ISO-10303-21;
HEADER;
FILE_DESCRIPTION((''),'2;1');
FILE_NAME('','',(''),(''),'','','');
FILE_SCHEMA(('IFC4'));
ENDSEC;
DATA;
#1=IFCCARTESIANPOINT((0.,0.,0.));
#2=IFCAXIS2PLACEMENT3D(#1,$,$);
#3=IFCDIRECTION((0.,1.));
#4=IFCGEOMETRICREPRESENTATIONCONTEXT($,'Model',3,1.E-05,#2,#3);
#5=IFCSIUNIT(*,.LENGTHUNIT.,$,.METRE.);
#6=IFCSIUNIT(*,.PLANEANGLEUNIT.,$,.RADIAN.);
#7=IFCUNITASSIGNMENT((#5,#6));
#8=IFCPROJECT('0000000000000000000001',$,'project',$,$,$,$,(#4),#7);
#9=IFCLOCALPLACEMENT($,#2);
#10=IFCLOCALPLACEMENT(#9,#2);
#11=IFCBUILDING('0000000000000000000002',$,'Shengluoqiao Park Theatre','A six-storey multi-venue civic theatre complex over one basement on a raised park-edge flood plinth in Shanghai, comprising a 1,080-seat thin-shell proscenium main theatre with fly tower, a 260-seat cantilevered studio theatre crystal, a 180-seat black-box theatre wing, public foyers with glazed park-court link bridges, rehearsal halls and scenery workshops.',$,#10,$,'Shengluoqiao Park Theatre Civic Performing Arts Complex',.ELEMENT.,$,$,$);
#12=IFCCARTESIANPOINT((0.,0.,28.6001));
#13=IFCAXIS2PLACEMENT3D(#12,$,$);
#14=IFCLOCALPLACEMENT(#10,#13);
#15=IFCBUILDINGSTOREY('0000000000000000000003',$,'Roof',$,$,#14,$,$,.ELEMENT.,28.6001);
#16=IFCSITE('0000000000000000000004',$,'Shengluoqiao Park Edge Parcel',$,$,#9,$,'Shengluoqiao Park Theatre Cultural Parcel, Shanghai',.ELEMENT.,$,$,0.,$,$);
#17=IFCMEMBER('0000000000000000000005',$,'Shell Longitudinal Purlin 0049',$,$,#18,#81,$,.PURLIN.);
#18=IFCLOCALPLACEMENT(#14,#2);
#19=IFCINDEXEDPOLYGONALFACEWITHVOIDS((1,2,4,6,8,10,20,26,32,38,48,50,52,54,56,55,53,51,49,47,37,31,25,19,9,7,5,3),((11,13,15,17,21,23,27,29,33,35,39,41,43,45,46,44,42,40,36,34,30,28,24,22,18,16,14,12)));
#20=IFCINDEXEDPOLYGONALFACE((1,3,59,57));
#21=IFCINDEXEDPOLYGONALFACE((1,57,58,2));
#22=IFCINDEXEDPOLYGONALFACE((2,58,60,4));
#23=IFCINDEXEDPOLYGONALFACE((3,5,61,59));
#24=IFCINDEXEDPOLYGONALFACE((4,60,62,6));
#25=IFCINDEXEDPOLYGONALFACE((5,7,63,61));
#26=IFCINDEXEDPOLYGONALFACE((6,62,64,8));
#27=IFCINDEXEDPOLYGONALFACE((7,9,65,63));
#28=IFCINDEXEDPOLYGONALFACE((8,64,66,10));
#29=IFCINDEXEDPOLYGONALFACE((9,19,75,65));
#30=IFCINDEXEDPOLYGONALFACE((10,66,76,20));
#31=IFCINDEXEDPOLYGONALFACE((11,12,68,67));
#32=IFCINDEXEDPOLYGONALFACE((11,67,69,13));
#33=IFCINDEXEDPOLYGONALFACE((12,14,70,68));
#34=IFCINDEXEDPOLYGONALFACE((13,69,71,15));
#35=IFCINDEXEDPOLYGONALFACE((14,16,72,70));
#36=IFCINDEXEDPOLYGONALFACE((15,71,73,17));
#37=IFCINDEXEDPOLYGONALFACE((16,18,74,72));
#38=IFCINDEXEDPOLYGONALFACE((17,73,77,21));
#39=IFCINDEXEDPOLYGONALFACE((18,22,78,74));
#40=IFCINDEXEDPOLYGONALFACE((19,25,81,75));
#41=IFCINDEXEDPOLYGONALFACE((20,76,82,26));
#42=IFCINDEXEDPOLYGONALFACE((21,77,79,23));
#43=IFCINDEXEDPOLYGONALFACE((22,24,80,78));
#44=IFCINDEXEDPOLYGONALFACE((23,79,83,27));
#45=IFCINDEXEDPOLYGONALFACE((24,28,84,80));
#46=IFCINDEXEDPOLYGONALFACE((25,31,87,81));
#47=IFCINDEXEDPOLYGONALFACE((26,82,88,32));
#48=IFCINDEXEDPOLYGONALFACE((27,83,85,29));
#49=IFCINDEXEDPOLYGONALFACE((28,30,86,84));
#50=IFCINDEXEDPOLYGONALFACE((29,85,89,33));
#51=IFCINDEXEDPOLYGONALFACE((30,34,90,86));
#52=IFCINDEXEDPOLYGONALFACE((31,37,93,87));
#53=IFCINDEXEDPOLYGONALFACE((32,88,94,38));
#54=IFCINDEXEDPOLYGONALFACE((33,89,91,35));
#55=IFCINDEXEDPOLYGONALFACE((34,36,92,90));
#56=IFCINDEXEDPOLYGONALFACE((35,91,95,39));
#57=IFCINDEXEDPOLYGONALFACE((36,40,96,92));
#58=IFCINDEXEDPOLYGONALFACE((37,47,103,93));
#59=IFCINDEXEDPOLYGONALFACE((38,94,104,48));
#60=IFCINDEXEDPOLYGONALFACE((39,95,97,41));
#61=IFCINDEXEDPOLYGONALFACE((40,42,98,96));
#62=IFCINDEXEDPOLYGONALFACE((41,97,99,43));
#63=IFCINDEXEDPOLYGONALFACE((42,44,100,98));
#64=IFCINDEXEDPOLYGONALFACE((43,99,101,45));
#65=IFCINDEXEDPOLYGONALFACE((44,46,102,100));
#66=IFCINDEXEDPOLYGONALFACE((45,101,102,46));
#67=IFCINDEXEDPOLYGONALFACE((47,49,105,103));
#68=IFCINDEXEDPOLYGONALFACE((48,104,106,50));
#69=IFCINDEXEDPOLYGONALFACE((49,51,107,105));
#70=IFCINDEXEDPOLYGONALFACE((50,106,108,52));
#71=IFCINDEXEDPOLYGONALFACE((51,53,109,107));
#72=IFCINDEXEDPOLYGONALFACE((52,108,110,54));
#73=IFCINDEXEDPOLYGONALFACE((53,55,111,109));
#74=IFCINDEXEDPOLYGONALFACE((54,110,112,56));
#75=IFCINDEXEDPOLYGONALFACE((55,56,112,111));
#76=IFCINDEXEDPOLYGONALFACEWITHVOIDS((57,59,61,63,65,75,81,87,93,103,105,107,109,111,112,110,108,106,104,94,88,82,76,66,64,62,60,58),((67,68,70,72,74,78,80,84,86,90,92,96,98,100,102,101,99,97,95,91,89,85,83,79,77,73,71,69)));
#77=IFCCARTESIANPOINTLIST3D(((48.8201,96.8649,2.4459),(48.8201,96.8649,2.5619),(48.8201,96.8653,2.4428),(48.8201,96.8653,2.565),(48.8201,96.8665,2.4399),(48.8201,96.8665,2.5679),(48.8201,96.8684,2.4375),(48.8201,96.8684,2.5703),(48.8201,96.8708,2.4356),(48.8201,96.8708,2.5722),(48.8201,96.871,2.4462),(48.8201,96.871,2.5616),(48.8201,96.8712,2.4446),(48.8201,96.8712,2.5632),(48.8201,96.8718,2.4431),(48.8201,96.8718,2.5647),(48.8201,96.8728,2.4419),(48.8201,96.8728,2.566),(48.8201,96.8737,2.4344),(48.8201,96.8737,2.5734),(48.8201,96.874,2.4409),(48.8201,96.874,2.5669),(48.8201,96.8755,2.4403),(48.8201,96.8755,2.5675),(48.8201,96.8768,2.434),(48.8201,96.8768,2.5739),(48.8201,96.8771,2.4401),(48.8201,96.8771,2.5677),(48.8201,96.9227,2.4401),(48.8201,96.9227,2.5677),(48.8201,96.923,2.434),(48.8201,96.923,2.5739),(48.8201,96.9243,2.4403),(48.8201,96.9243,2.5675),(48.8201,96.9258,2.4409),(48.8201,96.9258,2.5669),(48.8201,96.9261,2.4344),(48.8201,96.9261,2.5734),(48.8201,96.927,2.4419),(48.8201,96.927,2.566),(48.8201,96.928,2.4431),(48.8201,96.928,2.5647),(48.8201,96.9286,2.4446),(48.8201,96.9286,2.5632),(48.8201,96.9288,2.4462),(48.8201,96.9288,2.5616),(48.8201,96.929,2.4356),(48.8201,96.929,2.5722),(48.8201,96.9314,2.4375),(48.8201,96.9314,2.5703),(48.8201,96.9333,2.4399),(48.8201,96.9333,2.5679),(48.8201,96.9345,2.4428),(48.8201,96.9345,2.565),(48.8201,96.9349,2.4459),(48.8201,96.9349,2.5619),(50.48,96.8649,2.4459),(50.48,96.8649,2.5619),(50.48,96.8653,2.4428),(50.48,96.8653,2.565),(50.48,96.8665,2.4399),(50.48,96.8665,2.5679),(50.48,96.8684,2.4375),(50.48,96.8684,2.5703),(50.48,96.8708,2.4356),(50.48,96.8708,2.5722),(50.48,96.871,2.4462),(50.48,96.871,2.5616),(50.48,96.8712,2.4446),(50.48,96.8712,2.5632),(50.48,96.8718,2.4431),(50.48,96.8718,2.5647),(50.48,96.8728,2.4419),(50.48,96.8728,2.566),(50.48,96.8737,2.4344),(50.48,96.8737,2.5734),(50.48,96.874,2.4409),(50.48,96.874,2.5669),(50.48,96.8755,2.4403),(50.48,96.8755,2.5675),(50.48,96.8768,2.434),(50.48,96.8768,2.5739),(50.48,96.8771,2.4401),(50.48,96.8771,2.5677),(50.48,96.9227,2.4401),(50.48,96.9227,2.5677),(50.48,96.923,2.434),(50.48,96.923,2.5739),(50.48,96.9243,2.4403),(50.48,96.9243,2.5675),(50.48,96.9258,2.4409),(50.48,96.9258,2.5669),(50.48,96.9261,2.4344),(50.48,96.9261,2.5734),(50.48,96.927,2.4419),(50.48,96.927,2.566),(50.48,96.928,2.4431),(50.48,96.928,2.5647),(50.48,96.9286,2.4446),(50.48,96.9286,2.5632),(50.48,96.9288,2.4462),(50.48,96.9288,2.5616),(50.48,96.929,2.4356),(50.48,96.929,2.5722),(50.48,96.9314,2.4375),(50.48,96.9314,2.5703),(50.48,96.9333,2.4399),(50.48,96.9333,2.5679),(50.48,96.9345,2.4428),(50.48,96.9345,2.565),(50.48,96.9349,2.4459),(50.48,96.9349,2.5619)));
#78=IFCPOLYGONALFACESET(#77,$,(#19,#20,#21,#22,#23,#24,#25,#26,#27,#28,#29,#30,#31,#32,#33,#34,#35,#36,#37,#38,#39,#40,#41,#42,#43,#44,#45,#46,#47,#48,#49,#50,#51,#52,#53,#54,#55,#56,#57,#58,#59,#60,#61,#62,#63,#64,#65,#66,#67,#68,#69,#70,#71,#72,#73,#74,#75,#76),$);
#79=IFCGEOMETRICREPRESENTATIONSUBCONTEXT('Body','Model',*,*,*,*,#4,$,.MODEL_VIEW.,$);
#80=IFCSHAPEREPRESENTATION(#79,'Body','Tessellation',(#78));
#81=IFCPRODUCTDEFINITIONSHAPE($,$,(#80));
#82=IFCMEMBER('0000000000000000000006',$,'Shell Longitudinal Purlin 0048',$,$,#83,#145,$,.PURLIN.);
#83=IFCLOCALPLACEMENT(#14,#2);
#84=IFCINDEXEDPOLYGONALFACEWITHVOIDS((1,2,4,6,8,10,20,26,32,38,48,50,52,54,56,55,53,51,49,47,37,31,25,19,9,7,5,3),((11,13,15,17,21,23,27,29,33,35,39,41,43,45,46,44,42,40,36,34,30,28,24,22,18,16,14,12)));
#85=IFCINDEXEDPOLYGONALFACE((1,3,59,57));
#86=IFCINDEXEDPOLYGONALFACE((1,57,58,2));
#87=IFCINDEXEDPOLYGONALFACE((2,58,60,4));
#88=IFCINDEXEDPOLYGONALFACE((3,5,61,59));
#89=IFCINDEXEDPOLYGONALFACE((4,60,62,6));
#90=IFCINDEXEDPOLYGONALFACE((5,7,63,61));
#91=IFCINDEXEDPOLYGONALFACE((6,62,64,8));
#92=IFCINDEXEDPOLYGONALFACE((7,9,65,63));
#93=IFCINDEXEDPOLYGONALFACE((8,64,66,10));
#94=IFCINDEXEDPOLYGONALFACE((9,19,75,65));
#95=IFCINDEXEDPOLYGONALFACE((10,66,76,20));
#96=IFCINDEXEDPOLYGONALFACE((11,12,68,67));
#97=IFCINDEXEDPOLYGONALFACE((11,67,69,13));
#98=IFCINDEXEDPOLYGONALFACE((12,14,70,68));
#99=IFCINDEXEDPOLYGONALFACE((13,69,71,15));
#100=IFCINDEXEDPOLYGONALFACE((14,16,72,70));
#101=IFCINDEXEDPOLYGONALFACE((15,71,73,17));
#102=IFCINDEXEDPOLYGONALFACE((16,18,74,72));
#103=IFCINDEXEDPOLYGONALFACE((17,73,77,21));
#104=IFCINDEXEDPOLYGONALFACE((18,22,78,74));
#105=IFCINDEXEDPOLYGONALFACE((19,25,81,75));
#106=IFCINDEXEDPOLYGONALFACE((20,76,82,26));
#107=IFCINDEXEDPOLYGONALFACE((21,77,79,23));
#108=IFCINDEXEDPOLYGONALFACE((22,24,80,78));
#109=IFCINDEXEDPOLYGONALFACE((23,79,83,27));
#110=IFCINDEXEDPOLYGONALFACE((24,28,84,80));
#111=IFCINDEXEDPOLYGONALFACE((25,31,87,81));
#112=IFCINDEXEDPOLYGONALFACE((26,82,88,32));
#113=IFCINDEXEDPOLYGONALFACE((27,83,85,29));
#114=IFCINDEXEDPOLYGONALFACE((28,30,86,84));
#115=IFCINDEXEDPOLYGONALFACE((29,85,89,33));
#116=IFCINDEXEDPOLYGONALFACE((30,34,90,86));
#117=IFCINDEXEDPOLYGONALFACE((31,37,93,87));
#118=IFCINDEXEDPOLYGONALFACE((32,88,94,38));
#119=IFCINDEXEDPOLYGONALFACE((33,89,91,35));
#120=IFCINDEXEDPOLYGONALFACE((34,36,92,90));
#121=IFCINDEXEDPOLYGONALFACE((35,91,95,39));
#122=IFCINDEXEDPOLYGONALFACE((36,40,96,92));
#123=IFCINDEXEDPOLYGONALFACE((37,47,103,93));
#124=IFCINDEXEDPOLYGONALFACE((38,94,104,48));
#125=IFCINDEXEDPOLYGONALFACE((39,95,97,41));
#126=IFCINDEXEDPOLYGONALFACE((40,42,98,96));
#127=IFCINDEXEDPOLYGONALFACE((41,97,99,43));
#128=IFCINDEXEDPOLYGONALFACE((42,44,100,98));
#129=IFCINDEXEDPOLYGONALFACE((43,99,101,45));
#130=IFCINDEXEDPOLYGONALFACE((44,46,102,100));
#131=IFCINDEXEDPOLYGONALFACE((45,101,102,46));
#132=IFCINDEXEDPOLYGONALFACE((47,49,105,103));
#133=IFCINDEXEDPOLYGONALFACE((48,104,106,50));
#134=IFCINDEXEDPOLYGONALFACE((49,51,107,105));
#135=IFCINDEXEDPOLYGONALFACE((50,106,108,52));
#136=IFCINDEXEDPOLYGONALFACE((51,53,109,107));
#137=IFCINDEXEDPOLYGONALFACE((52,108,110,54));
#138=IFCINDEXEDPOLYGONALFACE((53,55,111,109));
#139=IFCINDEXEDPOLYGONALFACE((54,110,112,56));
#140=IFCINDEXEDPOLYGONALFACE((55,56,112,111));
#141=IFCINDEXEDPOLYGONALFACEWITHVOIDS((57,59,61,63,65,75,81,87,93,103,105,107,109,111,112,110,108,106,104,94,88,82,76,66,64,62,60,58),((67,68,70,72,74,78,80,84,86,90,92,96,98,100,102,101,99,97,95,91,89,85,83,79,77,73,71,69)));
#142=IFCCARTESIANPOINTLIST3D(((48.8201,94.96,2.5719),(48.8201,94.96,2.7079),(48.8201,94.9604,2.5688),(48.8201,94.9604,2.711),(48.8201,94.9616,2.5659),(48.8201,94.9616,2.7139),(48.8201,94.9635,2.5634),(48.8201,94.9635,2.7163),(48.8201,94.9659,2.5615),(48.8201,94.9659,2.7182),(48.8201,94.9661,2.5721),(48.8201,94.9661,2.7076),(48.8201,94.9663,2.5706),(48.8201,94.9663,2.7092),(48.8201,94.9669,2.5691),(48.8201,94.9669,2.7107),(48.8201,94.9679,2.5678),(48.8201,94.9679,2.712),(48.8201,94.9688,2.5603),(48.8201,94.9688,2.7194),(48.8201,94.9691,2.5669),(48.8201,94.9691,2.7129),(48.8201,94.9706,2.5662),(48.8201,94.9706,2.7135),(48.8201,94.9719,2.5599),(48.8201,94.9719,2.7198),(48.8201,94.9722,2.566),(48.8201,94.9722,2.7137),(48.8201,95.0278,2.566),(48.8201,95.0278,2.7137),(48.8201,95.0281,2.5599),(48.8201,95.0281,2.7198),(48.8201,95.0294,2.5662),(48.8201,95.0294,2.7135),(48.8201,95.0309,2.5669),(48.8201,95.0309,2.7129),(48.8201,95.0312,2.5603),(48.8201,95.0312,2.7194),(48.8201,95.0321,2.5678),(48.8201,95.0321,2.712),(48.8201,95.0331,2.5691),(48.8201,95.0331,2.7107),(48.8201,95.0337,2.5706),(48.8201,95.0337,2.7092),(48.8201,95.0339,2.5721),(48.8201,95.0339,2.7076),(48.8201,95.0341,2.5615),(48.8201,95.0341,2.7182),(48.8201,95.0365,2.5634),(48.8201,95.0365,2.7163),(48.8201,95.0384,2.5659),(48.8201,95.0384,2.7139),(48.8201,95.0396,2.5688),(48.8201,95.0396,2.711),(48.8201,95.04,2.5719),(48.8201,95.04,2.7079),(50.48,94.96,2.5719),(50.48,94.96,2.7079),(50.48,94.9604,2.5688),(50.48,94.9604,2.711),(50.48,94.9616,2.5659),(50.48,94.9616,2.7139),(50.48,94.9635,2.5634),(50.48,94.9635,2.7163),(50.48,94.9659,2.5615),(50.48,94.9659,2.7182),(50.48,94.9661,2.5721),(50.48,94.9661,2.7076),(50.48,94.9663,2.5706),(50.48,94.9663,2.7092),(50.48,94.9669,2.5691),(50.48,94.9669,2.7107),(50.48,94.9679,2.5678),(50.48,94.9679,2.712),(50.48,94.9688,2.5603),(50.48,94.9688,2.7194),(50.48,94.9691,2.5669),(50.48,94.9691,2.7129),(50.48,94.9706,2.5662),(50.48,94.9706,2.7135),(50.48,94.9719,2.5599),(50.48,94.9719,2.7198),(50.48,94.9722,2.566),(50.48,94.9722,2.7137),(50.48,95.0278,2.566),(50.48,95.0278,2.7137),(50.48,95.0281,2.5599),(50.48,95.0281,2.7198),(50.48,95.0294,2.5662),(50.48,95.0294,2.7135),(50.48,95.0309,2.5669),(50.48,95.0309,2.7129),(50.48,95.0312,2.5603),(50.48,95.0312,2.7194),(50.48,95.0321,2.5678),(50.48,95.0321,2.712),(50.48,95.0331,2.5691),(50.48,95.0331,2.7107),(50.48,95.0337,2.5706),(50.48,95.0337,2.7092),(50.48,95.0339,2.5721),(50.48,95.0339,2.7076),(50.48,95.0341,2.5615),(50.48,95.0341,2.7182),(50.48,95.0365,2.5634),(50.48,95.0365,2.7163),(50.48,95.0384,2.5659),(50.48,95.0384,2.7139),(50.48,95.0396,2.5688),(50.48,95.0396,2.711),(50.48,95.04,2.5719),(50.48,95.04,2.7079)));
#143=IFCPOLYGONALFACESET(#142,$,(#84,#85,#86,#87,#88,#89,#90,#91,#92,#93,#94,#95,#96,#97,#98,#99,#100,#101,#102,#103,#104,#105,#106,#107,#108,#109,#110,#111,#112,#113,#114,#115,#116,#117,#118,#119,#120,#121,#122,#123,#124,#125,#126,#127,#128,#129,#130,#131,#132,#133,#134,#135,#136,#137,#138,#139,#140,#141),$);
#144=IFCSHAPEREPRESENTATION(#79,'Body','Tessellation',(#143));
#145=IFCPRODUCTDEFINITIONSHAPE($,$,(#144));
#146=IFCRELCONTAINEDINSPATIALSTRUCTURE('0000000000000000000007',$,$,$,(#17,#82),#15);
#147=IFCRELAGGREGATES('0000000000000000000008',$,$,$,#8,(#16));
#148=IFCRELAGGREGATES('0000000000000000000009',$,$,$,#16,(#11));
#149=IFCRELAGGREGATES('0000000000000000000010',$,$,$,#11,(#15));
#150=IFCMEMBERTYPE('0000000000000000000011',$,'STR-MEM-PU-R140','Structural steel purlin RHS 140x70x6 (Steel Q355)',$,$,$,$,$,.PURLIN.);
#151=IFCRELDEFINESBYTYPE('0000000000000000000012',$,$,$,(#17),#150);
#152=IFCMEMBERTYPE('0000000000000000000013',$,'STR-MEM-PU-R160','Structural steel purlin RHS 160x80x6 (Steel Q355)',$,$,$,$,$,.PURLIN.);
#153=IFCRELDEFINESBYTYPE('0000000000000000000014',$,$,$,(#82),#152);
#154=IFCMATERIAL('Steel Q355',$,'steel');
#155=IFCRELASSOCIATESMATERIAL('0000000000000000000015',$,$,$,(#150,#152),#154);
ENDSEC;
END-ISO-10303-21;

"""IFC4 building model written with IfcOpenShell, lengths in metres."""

from ifc_helpers import new_model, si_unit, direction, frame, origin, origin_2d, place, context, subcontext, project, spatial, hollow_rectangle, extrude, material, material_profile, profile_set, type_object, element, save


model = new_model("IFC4")

# Units and contexts
model_context = context("Model", 3, precision=1e-05, world=origin(), true_north=direction((0.0, 1.0)))
body_context = subcontext(model_context, "Body", "Model", "MODEL_VIEW")
ifc_project = project(units=[si_unit("LENGTHUNIT", "METRE"), si_unit("PLANEANGLEUNIT", "RADIAN")], contexts=[model_context])

# Site, building, storey
site_placement = place(None, origin())
site = spatial("IfcSite", under=ifc_project, at=site_placement, Name="Shengluoqiao Park Edge Parcel", LongName="Shengluoqiao Park Theatre Cultural Parcel, Shanghai", CompositionType="ELEMENT", RefElevation=0.0)
building_placement = place(site_placement, origin())
building = spatial("IfcBuilding", under=site, at=building_placement, Name="Shengluoqiao Park Theatre", Description="A six-storey multi-venue civic theatre complex over one basement on a raised park-edge flood plinth in Shanghai, comprising a 1,080-seat thin-shell proscenium main theatre with fly tower, a 260-seat cantilevered studio theatre crystal, a 180-seat black-box theatre wing, public foyers with glazed park-court link bridges, rehearsal halls and scenery workshops.", LongName="Shengluoqiao Park Theatre Civic Performing Arts Complex", CompositionType="ELEMENT")
storey_placement = place(building_placement, frame((0.0, 0.0, 28.6001)))
storey = spatial("IfcBuildingStorey", under=building, at=storey_placement, Name="Roof", CompositionType="ELEMENT", Elevation=28.6001)

# Shared definitions
ifc_material_1 = material(Name="Steel Q355", Category="steel")

# Members
ifc_material_profile_1 = material_profile(ifc_material_1, hollow_rectangle(XDim=0.0701, YDim=0.1399, WallThickness=0.0061, InnerFilletRadius=0.0061, OuterFilletRadius=0.012, at=origin_2d()), Name="RHS 140x70x6")
ifc_profile_set_1 = profile_set([ifc_material_profile_1], Name="Steel Q355")
member_type_1 = type_object("IfcMemberType", Name="STR-MEM-PU-R140", Description="Structural steel purlin RHS 140x70x6 (Steel Q355)", PredefinedType="PURLIN", material=ifc_profile_set_1)
member_1_placement = place(storey_placement, frame((48.8201, 96.8999, 2.5039), z_axis=(1.0, 0.0, 0.0), x_axis=(0.0, 1.0, 0.0)))
element("IfcMember", 1, at=member_1_placement, inside=storey, type_object=member_type_1, Name="Shell Longitudinal Purlin 0049", PredefinedType="PURLIN", context=body_context, shape_type="SweptSolid", body=[
    extrude(hollow_rectangle(XDim=0.0701, YDim=0.1399, WallThickness=0.0061, InnerFilletRadius=0.0061, OuterFilletRadius=0.012, at=origin_2d()), origin(), (0.0, 0.0, 1.0), 1.6599),
])
ifc_material_profile_2 = material_profile(ifc_material_1, hollow_rectangle(XDim=0.0801, YDim=0.1599, WallThickness=0.0061, InnerFilletRadius=0.0061, OuterFilletRadius=0.012, at=origin_2d()), Name="RHS 160x80x6")
ifc_profile_set_2 = profile_set([ifc_material_profile_2], Name="Steel Q355")
member_type_2 = type_object("IfcMemberType", Name="STR-MEM-PU-R160", Description="Structural steel purlin RHS 160x80x6 (Steel Q355)", PredefinedType="PURLIN", material=ifc_profile_set_2)
member_2_placement = place(storey_placement, frame((48.8201, 95.0, 2.6399), z_axis=(1.0, 0.0, 0.0), x_axis=(0.0, 1.0, 0.0)))
element("IfcMember", 2, at=member_2_placement, inside=storey, type_object=member_type_2, Name="Shell Longitudinal Purlin 0048", PredefinedType="PURLIN", context=body_context, shape_type="SweptSolid", body=[
    extrude(hollow_rectangle(XDim=0.0801, YDim=0.1599, WallThickness=0.0061, InnerFilletRadius=0.0061, OuterFilletRadius=0.012, at=origin_2d()), origin(), (0.0, 0.0, 1.0), 1.6599),
])

save(model, "model.ifc")
